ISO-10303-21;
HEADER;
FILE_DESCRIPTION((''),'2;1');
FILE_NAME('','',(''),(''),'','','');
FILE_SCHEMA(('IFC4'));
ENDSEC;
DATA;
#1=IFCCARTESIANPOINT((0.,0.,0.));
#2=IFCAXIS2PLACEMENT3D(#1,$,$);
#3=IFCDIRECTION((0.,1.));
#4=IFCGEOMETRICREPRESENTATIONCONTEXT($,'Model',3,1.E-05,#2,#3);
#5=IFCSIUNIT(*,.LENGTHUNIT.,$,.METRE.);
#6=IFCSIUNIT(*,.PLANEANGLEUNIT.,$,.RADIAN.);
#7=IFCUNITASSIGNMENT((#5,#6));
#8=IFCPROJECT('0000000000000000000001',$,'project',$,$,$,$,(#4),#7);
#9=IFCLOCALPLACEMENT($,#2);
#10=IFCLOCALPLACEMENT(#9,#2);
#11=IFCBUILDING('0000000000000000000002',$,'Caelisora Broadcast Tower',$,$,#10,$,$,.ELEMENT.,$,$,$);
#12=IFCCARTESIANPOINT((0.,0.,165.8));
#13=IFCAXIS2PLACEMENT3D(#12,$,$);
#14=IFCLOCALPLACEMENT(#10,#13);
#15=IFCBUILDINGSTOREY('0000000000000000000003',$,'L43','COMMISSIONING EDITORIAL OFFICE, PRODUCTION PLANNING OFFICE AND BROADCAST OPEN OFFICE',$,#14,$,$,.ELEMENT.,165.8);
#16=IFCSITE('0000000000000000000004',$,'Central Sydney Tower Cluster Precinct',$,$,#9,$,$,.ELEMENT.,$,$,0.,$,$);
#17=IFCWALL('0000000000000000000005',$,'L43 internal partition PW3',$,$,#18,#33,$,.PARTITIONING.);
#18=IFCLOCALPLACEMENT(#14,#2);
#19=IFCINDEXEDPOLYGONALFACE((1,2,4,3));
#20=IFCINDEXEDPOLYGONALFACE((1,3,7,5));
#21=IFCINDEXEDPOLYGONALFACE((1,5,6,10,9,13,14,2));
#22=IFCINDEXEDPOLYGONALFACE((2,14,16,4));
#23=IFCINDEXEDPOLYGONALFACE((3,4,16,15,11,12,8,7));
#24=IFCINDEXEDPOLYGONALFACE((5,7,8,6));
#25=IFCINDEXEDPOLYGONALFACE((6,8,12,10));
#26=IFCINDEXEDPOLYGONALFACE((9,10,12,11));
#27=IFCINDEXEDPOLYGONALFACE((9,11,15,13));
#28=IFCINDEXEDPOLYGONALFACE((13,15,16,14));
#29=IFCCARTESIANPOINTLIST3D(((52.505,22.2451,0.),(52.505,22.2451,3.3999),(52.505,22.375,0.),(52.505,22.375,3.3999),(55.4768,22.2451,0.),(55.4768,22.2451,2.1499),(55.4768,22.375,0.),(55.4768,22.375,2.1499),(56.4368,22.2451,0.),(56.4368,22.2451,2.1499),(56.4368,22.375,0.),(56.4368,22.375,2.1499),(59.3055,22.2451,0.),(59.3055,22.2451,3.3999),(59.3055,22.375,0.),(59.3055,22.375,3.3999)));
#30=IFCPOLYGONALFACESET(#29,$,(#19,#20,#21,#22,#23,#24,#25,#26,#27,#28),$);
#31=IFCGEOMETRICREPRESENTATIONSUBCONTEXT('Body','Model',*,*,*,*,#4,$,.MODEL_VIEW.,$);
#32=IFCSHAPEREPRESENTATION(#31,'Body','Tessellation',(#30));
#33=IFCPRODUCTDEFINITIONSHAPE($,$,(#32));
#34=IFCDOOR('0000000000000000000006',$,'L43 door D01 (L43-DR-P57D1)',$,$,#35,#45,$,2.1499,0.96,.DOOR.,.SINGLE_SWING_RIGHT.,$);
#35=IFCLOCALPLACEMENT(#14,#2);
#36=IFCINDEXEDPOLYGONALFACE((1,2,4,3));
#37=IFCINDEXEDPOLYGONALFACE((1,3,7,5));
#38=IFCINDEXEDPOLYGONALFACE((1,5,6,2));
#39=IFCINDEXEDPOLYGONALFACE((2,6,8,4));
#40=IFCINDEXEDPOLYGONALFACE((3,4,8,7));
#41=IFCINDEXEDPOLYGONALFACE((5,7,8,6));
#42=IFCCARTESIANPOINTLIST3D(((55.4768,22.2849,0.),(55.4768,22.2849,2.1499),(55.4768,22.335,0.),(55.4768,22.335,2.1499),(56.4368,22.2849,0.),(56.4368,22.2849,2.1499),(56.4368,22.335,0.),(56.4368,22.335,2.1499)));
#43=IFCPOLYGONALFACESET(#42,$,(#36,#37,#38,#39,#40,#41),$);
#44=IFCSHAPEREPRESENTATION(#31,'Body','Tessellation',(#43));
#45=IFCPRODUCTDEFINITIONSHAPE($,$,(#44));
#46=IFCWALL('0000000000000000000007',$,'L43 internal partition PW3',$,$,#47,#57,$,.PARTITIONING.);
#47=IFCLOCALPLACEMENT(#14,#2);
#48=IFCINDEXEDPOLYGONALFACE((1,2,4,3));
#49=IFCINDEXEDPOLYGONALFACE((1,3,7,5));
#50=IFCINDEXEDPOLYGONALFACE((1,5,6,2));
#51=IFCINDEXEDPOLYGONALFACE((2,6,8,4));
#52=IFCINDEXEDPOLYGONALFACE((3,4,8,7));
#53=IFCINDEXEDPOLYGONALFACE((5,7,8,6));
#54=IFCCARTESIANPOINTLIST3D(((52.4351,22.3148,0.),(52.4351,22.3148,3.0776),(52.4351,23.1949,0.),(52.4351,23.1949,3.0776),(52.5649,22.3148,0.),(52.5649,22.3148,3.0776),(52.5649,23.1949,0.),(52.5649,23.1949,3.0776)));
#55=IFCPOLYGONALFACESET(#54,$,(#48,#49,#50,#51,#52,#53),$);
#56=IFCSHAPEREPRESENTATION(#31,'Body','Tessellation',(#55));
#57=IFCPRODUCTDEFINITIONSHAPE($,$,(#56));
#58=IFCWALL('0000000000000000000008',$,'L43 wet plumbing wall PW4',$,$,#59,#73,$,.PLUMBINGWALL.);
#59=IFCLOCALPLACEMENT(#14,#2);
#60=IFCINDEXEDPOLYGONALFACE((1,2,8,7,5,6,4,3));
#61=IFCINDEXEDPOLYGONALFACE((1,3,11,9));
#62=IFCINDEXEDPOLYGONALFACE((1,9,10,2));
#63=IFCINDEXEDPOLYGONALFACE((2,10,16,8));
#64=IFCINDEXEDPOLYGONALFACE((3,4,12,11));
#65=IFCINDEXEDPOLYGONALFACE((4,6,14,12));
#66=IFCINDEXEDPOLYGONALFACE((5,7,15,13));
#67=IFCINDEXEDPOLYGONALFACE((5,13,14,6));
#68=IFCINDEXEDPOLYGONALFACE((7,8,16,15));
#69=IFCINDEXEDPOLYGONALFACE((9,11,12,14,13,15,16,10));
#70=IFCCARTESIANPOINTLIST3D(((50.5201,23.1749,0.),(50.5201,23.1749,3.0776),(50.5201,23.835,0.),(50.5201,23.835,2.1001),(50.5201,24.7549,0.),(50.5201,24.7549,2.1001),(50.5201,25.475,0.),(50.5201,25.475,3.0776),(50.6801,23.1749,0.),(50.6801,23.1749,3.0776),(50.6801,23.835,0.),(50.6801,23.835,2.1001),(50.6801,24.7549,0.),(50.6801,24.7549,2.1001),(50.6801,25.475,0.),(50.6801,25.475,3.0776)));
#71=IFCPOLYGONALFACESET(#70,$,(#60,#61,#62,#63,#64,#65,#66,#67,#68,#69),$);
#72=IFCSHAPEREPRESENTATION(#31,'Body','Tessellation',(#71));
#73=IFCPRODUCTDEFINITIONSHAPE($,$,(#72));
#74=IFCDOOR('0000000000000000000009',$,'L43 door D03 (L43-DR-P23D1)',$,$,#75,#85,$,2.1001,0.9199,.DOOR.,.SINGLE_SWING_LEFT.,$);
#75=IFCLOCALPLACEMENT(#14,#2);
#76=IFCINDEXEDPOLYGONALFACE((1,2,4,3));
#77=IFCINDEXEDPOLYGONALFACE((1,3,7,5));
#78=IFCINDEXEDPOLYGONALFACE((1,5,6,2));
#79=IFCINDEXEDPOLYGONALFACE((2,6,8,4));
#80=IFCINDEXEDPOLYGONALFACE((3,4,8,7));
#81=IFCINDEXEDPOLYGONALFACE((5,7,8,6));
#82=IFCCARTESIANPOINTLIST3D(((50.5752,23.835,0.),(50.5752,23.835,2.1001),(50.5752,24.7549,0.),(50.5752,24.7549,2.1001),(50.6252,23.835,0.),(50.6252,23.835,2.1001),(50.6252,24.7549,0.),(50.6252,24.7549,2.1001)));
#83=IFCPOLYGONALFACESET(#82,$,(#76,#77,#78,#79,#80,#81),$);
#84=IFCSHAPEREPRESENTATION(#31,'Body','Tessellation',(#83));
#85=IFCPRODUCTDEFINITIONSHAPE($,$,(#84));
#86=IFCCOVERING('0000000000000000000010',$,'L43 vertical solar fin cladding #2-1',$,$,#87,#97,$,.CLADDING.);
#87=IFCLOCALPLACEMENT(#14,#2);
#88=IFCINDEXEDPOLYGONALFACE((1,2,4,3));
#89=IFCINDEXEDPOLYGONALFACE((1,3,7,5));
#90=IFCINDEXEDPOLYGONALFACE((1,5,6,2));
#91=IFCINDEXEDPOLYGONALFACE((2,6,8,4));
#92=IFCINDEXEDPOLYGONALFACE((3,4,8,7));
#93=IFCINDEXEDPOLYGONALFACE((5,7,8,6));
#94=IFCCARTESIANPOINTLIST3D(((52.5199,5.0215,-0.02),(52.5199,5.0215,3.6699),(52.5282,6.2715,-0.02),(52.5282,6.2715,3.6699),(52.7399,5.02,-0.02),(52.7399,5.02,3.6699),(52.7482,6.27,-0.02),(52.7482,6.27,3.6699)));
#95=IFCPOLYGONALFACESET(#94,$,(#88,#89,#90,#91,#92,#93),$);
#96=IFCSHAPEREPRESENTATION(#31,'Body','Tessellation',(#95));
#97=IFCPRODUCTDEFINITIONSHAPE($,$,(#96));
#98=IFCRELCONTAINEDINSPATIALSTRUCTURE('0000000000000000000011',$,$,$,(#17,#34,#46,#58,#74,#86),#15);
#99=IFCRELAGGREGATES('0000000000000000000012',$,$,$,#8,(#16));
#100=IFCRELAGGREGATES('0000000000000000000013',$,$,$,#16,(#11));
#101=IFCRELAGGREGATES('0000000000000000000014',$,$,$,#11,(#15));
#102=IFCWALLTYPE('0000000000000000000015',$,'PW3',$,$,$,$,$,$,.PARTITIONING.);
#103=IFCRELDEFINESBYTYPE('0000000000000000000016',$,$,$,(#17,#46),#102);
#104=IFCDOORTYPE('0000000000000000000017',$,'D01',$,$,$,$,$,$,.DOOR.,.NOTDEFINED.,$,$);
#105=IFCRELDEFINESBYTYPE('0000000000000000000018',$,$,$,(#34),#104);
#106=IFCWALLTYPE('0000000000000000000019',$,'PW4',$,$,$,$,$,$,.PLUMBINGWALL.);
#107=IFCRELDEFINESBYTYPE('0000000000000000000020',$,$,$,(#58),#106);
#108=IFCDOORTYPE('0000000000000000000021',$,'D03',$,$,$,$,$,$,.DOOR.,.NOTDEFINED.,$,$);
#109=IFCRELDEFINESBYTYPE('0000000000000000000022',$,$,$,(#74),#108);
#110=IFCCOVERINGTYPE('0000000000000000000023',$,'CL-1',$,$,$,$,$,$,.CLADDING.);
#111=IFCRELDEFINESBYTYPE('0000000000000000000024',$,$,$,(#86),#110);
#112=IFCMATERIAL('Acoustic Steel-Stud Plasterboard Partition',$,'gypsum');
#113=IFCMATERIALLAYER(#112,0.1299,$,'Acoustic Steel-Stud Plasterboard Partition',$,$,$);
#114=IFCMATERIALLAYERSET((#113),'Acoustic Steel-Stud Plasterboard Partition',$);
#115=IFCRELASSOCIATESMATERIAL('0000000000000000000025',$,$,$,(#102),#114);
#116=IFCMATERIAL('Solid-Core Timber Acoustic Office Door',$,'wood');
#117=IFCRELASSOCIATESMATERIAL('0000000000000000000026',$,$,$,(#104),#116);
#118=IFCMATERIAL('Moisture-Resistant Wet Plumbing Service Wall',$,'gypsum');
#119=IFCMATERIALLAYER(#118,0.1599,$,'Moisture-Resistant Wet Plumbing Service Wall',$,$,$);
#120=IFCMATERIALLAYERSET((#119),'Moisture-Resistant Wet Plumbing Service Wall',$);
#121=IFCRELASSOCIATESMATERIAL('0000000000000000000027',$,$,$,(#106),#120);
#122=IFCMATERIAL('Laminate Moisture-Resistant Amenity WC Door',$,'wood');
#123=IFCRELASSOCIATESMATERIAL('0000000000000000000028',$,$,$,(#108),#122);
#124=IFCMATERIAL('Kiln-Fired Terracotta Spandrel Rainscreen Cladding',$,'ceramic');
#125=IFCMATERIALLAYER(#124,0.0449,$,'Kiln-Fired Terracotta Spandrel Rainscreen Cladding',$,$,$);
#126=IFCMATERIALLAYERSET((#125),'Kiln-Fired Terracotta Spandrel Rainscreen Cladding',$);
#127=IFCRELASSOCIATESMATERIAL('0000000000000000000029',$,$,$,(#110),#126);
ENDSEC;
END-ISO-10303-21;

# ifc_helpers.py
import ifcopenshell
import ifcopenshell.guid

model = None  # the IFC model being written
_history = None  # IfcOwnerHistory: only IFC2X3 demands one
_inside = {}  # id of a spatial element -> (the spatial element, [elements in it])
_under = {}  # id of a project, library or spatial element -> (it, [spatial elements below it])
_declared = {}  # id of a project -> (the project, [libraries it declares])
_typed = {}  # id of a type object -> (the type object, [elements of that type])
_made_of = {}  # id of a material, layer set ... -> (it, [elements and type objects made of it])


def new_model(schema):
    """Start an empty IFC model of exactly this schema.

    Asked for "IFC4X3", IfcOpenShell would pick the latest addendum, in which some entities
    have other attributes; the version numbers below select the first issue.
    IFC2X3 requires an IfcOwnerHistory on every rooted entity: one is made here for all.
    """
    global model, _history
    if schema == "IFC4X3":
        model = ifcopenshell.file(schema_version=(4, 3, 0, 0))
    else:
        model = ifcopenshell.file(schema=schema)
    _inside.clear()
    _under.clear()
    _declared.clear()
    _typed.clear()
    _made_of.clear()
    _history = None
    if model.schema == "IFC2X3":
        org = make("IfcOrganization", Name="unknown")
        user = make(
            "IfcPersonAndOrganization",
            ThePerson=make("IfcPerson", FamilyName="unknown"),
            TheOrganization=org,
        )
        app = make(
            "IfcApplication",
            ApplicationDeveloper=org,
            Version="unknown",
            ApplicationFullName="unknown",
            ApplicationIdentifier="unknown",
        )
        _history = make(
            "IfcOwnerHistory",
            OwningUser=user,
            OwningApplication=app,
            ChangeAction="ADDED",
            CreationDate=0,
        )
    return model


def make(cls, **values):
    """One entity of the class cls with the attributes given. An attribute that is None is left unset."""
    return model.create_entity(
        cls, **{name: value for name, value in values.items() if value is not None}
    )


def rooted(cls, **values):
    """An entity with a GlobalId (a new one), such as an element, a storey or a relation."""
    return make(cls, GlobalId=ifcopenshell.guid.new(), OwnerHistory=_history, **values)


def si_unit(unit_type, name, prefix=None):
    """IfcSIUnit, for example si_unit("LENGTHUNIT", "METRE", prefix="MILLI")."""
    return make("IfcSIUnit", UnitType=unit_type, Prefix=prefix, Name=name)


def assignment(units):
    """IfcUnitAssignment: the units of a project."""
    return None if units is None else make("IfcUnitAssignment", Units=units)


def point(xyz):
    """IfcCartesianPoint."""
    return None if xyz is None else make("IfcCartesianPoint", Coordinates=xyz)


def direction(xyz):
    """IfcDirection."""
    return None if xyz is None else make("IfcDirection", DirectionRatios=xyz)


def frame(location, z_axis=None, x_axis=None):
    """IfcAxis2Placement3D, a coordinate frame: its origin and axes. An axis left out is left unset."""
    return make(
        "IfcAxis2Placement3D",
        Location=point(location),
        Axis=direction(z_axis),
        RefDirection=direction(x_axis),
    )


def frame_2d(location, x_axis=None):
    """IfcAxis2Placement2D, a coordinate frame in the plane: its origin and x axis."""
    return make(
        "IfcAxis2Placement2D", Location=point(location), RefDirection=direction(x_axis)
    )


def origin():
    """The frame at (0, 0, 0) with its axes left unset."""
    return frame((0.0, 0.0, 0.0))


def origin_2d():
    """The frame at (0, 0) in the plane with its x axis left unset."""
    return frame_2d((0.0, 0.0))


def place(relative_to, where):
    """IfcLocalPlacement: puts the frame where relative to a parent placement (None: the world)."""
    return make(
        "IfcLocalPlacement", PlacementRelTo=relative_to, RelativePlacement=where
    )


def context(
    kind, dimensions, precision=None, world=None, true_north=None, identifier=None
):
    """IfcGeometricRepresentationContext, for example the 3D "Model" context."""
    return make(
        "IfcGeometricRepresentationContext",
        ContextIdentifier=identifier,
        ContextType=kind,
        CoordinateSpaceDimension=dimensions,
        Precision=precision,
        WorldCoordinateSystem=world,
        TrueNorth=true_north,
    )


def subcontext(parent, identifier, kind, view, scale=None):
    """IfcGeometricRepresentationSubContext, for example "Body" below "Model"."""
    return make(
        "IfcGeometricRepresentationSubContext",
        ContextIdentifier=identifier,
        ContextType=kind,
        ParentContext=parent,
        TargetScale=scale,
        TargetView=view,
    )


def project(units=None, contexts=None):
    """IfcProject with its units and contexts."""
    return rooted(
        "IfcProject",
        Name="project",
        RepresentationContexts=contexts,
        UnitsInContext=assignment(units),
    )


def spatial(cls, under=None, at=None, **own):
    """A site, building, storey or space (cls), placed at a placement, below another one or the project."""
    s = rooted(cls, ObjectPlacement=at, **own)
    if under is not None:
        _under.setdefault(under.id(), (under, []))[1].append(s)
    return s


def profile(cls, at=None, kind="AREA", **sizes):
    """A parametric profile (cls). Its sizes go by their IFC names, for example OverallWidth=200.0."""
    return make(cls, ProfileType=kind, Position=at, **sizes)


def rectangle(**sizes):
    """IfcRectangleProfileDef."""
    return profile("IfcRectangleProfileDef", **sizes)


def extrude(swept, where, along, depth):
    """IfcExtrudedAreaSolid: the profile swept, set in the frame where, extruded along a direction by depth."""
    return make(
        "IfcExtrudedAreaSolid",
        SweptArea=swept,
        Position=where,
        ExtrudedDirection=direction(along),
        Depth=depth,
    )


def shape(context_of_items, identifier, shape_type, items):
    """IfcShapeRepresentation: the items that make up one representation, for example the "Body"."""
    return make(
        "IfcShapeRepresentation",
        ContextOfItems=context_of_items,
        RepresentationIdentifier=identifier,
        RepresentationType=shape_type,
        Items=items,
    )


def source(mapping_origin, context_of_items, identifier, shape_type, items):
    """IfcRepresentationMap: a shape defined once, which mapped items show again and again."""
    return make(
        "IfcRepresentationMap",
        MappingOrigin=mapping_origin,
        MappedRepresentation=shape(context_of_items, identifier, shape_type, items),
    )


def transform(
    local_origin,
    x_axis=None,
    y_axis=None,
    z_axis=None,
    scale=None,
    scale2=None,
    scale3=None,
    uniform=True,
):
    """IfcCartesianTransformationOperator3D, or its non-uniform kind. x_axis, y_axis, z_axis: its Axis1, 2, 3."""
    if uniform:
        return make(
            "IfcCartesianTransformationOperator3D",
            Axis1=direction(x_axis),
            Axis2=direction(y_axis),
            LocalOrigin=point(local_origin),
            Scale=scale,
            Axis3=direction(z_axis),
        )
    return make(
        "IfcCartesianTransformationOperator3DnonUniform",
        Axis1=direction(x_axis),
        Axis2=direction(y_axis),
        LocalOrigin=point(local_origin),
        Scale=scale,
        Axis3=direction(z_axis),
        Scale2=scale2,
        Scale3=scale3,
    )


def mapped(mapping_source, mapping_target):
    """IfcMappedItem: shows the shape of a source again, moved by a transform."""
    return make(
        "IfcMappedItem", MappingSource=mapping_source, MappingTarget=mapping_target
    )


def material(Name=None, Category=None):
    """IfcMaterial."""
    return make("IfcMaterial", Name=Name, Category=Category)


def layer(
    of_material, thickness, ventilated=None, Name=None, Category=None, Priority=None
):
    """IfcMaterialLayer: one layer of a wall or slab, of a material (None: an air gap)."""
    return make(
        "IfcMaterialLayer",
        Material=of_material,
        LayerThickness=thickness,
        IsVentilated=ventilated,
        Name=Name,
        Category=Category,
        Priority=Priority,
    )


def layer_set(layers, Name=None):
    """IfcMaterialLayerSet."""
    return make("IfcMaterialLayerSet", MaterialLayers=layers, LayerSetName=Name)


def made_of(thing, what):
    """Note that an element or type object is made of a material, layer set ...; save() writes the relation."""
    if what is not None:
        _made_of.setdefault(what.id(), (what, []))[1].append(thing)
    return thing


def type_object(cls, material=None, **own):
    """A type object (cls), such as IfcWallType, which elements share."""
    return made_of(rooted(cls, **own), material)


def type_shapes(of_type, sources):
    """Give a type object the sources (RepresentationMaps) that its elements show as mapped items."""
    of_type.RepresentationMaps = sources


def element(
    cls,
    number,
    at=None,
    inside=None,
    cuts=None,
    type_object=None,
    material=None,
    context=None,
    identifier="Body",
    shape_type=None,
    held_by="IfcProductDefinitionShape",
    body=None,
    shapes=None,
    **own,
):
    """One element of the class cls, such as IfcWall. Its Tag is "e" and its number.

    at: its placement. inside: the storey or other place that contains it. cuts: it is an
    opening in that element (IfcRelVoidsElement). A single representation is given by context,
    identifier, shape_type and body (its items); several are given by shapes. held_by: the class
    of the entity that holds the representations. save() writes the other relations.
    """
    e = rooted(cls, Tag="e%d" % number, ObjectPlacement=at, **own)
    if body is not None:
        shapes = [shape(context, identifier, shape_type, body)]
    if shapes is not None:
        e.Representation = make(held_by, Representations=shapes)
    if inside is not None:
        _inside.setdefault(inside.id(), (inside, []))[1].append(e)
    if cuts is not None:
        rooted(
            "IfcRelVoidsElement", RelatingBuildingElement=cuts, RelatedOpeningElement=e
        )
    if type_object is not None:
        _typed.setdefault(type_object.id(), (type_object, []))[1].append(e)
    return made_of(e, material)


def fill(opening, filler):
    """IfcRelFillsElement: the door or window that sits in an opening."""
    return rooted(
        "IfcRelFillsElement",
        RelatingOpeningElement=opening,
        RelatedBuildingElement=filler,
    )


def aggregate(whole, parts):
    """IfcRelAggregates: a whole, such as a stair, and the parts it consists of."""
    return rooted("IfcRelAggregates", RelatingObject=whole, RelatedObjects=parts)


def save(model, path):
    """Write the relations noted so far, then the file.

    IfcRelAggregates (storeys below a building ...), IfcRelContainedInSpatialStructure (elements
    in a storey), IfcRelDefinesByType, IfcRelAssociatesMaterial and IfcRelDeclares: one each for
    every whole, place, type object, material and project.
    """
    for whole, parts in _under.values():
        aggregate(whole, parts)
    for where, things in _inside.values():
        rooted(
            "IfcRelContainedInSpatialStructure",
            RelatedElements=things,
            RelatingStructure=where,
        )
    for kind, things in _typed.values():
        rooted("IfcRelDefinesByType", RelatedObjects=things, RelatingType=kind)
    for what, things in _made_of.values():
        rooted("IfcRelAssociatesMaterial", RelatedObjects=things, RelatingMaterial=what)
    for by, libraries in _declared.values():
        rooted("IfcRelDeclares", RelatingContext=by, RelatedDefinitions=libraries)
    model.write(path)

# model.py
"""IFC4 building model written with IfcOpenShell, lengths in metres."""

from ifc_helpers import new_model, si_unit, direction, frame, frame_2d, origin, origin_2d, place, context, subcontext, project, spatial, rectangle, extrude, source, transform, mapped, material, layer, layer_set, type_object, type_shapes, element, fill, save


model = new_model("IFC4")

# Units and contexts
model_context = context("Model", 3, precision=1e-05, world=origin(), true_north=direction((0.0, 1.0)))
body_context = subcontext(model_context, "Body", "Model", "MODEL_VIEW")
ifc_project = project(units=[si_unit("LENGTHUNIT", "METRE"), si_unit("PLANEANGLEUNIT", "RADIAN")], contexts=[model_context])

# Site, building, storey
site_placement = place(None, origin())
site = spatial("IfcSite", under=ifc_project, at=site_placement, Name="Central Sydney Tower Cluster Precinct", CompositionType="ELEMENT", RefElevation=0.0)
building_placement = place(site_placement, origin())
building = spatial("IfcBuilding", under=site, at=building_placement, Name="Caelisora Broadcast Tower", CompositionType="ELEMENT")
storey_placement = place(building_placement, frame((0.0, 0.0, 165.8)))
storey = spatial("IfcBuildingStorey", under=building, at=storey_placement, Name="L43", Description="COMMISSIONING EDITORIAL OFFICE, PRODUCTION PLANNING OFFICE AND BROADCAST OPEN OFFICE", CompositionType="ELEMENT", Elevation=165.8)

# Shared definitions
ifc_material_1 = material(Name="Acoustic Steel-Stud Plasterboard Partition", Category="gypsum")
ifc_layer_1 = layer(ifc_material_1, 0.1299, Name="Acoustic Steel-Stud Plasterboard Partition")
ifc_layer_set_1 = layer_set([ifc_layer_1], Name="Acoustic Steel-Stud Plasterboard Partition")
wall_type_1 = type_object("IfcWallType", Name="PW3", PredefinedType="PARTITIONING", material=ifc_layer_set_1)

# Wall, opening, door
ifc_material_2 = material(Name="Solid-Core Timber Acoustic Office Door", Category="wood")
door_type_1 = type_object("IfcDoorType", Name="D01", OperationType="NOTDEFINED", PredefinedType="DOOR", material=ifc_material_2)
wall_1_placement = place(storey_placement, frame((52.5049, 22.3101, 0.0), z_axis=(0.0, 0.0, 1.0), x_axis=(1.0, 0.0, 0.0)))
wall_1 = element("IfcWall", 1, at=wall_1_placement, inside=storey, type_object=wall_type_1, Name="L43 internal partition PW3", PredefinedType="PARTITIONING", context=body_context, shape_type="SweptSolid", body=[
    extrude(rectangle(XDim=6.8005, YDim=0.1299, at=frame_2d((3.4004, 0.0))), origin(), (0.0, 0.0, 1.0), 3.3999),
])
opening_1_placement = place(wall_1_placement, frame((2.9719, 0.0, 0.0)))
opening_1 = element("IfcOpeningElement", 2, at=opening_1_placement, cuts=wall_1, PredefinedType="OPENING", context=body_context, shape_type="SweptSolid", body=[
    extrude(rectangle(XDim=0.96, YDim=2.1499, at=frame_2d((0.48, 1.075))), frame((0.0, 0.0769, 0.0), z_axis=(0.0, -1.0, 0.0), x_axis=(1.0, 0.0, 0.0)), (0.0, 0.0, 1.0), 0.1538),
])
door_1_placement = place(opening_1_placement, origin())
door_1 = element("IfcDoor", 3, at=door_1_placement, inside=storey, type_object=door_type_1, Name="L43 door D01 (L43-DR-P57D1)", OperationType="SINGLE_SWING_RIGHT", OverallHeight=2.1499, OverallWidth=0.96, PredefinedType="DOOR", context=body_context, shape_type="SweptSolid", body=[
    extrude(rectangle(XDim=0.96, YDim=2.1499, at=frame_2d((0.48, 1.075))), frame((0.0, 0.0249, 0.0), z_axis=(0.0, -1.0, 0.0), x_axis=(1.0, 0.0, 0.0)), (0.0, 0.0, 1.0), 0.05),
])
fill(opening_1, door_1)

# Wall
wall_2_placement = place(storey_placement, frame((52.5, 22.3149, 0.0), z_axis=(0.0, 0.0, 1.0), x_axis=(0.0, 1.0, 0.0)))
element("IfcWall", 4, at=wall_2_placement, inside=storey, type_object=wall_type_1, Name="L43 internal partition PW3", PredefinedType="PARTITIONING", context=body_context, shape_type="SweptSolid", body=[
    extrude(rectangle(XDim=0.8801, YDim=0.1299, at=frame_2d((0.4399, 0.0))), origin(), (0.0, 0.0, 1.0), 3.0776),
])

# Wall, opening, door
ifc_material_3 = material(Name="Moisture-Resistant Wet Plumbing Service Wall", Category="gypsum")
ifc_layer_2 = layer(ifc_material_3, 0.1599, Name="Moisture-Resistant Wet Plumbing Service Wall")
ifc_layer_set_2 = layer_set([ifc_layer_2], Name="Moisture-Resistant Wet Plumbing Service Wall")
wall_type_2 = type_object("IfcWallType", Name="PW4", PredefinedType="PLUMBINGWALL", material=ifc_layer_set_2)
wall_3_placement = place(storey_placement, frame((50.6001, 23.175, 0.0), z_axis=(0.0, 0.0, 1.0), x_axis=(0.0, 1.0, 0.0)))
wall_3 = element("IfcWall", 5, at=wall_3_placement, inside=storey, type_object=wall_type_2, Name="L43 wet plumbing wall PW4", PredefinedType="PLUMBINGWALL", context=body_context, shape_type="SweptSolid", body=[
    extrude(rectangle(XDim=2.3, YDim=0.1599, at=frame_2d((1.1499, 0.0))), origin(), (0.0, 0.0, 1.0), 3.0776),
])
opening_2_placement = place(wall_3_placement, frame((0.6599, 0.0, 0.0)))
opening_2 = element("IfcOpeningElement", 6, at=opening_2_placement, cuts=wall_3, PredefinedType="OPENING", context=body_context, shape_type="SweptSolid", body=[
    extrude(rectangle(XDim=0.9199, YDim=2.1001, at=frame_2d((0.46, 1.05))), frame((0.0, 0.092, 0.0), z_axis=(0.0, -1.0, 0.0), x_axis=(1.0, 0.0, 0.0)), (0.0, 0.0, 1.0), 0.1838),
])
ifc_material_4 = material(Name="Laminate Moisture-Resistant Amenity WC Door", Category="wood")
door_type_2 = type_object("IfcDoorType", Name="D03", OperationType="NOTDEFINED", PredefinedType="DOOR", material=ifc_material_4)
door_2_placement = place(opening_2_placement, origin())
door_2 = element("IfcDoor", 7, at=door_2_placement, inside=storey, type_object=door_type_2, Name="L43 door D03 (L43-DR-P23D1)", OperationType="SINGLE_SWING_LEFT", OverallHeight=2.1001, OverallWidth=0.9199, PredefinedType="DOOR", context=body_context, shape_type="SweptSolid", body=[
    extrude(rectangle(XDim=0.9199, YDim=2.1001, at=frame_2d((0.46, 1.05))), frame((0.0, 0.0249, 0.0), z_axis=(0.0, -1.0, 0.0), x_axis=(1.0, 0.0, 0.0)), (0.0, 0.0, 1.0), 0.05),
])
fill(opening_2, door_2)

# Covering
ifc_material_5 = material(Name="Kiln-Fired Terracotta Spandrel Rainscreen Cladding", Category="ceramic")
ifc_layer_3 = layer(ifc_material_5, 0.0449, Name="Kiln-Fired Terracotta Spandrel Rainscreen Cladding")
ifc_layer_set_3 = layer_set([ifc_layer_3], Name="Kiln-Fired Terracotta Spandrel Rainscreen Cladding")
covering_type = type_object("IfcCoveringType", Name="CL-1", PredefinedType="CLADDING", material=ifc_layer_set_3)
shared_shape_1 = source(origin(), body_context, "Body", "SweptSolid", [
    extrude(rectangle(XDim=0.22, YDim=1.25, at=origin_2d()), origin(), (0.0, 0.0, 1.0), 3.6899),
])
type_shapes(covering_type, [shared_shape_1])
covering_placement = place(storey_placement, frame((52.634, 5.6458, -0.02), z_axis=(0.0, 0.0, 1.0), x_axis=(-0.999978, 0.006632, 0.0)))
element("IfcCovering", 8, at=covering_placement, inside=storey, type_object=covering_type, Name="L43 vertical solar fin cladding #2-1", PredefinedType="CLADDING", context=body_context, shape_type="MappedRepresentation", body=[
    mapped(shared_shape_1, transform((0.0, 0.0, 0.0), scale=1.0)),
])

save(model, "model.ifc")
